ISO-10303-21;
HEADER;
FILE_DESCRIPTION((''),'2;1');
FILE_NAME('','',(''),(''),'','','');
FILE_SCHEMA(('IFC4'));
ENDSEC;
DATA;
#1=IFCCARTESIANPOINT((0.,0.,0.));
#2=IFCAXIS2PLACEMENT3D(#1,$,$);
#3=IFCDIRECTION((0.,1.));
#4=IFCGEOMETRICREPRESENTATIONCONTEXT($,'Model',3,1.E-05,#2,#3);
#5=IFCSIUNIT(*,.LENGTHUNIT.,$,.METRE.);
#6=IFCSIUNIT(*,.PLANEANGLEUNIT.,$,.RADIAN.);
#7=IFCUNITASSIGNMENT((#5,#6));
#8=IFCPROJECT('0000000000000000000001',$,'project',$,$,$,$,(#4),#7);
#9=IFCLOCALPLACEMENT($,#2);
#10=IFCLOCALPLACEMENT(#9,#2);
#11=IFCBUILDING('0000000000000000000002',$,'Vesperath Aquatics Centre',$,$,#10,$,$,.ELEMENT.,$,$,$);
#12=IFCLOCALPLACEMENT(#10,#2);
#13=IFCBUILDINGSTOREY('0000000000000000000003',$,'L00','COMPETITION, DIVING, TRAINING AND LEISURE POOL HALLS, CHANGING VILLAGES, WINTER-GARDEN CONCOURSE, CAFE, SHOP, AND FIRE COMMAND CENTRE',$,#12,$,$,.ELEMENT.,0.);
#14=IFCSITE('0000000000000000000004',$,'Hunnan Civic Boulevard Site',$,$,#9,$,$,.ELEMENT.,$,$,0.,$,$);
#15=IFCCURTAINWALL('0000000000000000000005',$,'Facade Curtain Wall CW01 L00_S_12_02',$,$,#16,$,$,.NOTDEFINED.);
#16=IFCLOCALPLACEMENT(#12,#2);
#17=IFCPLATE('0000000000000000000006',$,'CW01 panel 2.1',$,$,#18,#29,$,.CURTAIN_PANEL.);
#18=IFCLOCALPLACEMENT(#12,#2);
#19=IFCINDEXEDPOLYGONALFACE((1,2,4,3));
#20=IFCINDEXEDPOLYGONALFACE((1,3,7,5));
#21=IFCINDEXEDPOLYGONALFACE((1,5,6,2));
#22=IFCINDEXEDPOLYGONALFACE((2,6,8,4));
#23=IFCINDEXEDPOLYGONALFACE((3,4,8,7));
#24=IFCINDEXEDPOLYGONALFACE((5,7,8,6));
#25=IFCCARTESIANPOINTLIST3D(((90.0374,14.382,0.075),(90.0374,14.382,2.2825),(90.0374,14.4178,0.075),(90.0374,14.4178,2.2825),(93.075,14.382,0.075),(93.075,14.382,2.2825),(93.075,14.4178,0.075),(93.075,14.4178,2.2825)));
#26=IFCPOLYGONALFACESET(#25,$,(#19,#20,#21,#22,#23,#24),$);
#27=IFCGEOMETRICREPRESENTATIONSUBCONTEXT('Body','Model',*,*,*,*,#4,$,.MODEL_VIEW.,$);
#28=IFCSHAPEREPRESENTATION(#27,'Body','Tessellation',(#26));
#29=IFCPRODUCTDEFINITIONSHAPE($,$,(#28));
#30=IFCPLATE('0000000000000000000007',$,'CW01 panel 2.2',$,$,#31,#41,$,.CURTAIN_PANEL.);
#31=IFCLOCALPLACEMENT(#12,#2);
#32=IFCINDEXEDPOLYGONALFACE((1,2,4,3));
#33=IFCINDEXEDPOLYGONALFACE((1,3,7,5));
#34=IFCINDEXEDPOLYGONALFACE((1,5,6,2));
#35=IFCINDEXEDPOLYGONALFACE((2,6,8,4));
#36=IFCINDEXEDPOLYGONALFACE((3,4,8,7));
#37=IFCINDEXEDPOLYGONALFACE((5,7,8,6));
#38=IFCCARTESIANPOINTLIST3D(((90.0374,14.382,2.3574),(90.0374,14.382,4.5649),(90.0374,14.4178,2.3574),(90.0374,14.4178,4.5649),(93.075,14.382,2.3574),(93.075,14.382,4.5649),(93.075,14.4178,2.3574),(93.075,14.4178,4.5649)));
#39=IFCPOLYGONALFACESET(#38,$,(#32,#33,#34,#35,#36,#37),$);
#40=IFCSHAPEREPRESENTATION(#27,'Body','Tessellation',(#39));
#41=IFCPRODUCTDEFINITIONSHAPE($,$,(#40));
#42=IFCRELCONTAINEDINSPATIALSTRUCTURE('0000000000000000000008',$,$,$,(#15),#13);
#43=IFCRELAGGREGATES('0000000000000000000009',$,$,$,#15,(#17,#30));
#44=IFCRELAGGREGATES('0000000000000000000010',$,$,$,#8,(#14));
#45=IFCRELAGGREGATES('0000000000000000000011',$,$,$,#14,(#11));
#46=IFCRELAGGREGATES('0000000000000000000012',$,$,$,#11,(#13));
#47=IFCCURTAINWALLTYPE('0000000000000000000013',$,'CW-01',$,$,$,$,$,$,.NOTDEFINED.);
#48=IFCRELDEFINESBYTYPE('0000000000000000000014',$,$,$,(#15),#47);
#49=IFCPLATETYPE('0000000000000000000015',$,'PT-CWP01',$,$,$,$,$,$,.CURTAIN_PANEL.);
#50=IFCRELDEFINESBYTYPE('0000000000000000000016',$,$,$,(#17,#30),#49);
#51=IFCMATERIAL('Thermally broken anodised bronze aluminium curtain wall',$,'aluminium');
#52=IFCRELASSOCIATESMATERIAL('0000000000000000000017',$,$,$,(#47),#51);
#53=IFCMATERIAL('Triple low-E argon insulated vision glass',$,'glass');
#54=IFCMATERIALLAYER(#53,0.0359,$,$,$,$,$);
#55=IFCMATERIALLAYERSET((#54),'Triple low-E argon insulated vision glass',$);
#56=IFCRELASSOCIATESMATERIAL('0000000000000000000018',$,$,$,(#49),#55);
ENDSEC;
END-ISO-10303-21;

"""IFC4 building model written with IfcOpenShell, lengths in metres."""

from ifc_helpers import new_model, si_unit, direction, frame, origin, origin_2d, place, context, subcontext, project, spatial, rectangle, extrude, material, layer, layer_set, type_object, element, aggregate, save


model = new_model("IFC4")

# Units and contexts
model_context = context("Model", 3, precision=1e-05, world=origin(), true_north=direction((0.0, 1.0)))
body_context = subcontext(model_context, "Body", "Model", "MODEL_VIEW")
ifc_project = project(units=[si_unit("LENGTHUNIT", "METRE"), si_unit("PLANEANGLEUNIT", "RADIAN")], contexts=[model_context])

# Site, building, storey
site_placement = place(None, origin())
site = spatial("IfcSite", under=ifc_project, at=site_placement, Name="Hunnan Civic Boulevard Site", CompositionType="ELEMENT", RefElevation=0.0)
building_placement = place(site_placement, origin())
building = spatial("IfcBuilding", under=site, at=building_placement, Name="Vesperath Aquatics Centre", CompositionType="ELEMENT")
storey_placement = place(building_placement, origin())
storey = spatial("IfcBuildingStorey", under=building, at=storey_placement, Name="L00", Description="COMPETITION, DIVING, TRAINING AND LEISURE POOL HALLS, CHANGING VILLAGES, WINTER-GARDEN CONCOURSE, CAFE, SHOP, AND FIRE COMMAND CENTRE", CompositionType="ELEMENT", Elevation=0.0)

# Shared definitions
ifc_material_1 = material(Name="Thermally broken anodised bronze aluminium curtain wall", Category="aluminium")
curtain_wall_type = type_object("IfcCurtainWallType", Name="CW-01", PredefinedType="NOTDEFINED", material=ifc_material_1)

# Curtain wall
curtain_wall_1_placement = place(storey_placement, origin())
curtain_wall_1 = element("IfcCurtainWall", 1, at=curtain_wall_1_placement, inside=storey, type_object=curtain_wall_type, Name="Facade Curtain Wall CW01 L00_S_12_02", PredefinedType="NOTDEFINED")

# Plates
ifc_material_2 = material(Name="Triple low-E argon insulated vision glass", Category="glass")
ifc_layer_1 = layer(ifc_material_2, 0.0359)
ifc_layer_set_1 = layer_set([ifc_layer_1], Name="Triple low-E argon insulated vision glass")
plate_type = type_object("IfcPlateType", Name="PT-CWP01", PredefinedType="CURTAIN_PANEL", material=ifc_layer_set_1)
plate_1_placement = place(storey_placement, frame((91.5562, 14.3999, 0.075), z_axis=(0.0, 0.0, 1.0), x_axis=(1.0, 0.0, 0.0)))
plate_1 = element("IfcPlate", 2, at=plate_1_placement, type_object=plate_type, Name="CW01 panel 2.1", PredefinedType="CURTAIN_PANEL", context=body_context, shape_type="SweptSolid", body=[
    extrude(rectangle(XDim=3.0376, YDim=0.0359, at=origin_2d()), origin(), (0.0, 0.0, 1.0), 2.2075),
])
plate_2_placement = place(storey_placement, frame((91.5562, 14.3999, 2.3574), z_axis=(0.0, 0.0, 1.0), x_axis=(1.0, 0.0, 0.0)))
plate_2 = element("IfcPlate", 3, at=plate_2_placement, type_object=plate_type, Name="CW01 panel 2.2", PredefinedType="CURTAIN_PANEL", context=body_context, shape_type="SweptSolid", body=[
    extrude(rectangle(XDim=3.0376, YDim=0.0359, at=origin_2d()), origin(), (0.0, 0.0, 1.0), 2.2075),
])
aggregate(curtain_wall_1, [plate_1, plate_2])

save(model, "model.ifc")
